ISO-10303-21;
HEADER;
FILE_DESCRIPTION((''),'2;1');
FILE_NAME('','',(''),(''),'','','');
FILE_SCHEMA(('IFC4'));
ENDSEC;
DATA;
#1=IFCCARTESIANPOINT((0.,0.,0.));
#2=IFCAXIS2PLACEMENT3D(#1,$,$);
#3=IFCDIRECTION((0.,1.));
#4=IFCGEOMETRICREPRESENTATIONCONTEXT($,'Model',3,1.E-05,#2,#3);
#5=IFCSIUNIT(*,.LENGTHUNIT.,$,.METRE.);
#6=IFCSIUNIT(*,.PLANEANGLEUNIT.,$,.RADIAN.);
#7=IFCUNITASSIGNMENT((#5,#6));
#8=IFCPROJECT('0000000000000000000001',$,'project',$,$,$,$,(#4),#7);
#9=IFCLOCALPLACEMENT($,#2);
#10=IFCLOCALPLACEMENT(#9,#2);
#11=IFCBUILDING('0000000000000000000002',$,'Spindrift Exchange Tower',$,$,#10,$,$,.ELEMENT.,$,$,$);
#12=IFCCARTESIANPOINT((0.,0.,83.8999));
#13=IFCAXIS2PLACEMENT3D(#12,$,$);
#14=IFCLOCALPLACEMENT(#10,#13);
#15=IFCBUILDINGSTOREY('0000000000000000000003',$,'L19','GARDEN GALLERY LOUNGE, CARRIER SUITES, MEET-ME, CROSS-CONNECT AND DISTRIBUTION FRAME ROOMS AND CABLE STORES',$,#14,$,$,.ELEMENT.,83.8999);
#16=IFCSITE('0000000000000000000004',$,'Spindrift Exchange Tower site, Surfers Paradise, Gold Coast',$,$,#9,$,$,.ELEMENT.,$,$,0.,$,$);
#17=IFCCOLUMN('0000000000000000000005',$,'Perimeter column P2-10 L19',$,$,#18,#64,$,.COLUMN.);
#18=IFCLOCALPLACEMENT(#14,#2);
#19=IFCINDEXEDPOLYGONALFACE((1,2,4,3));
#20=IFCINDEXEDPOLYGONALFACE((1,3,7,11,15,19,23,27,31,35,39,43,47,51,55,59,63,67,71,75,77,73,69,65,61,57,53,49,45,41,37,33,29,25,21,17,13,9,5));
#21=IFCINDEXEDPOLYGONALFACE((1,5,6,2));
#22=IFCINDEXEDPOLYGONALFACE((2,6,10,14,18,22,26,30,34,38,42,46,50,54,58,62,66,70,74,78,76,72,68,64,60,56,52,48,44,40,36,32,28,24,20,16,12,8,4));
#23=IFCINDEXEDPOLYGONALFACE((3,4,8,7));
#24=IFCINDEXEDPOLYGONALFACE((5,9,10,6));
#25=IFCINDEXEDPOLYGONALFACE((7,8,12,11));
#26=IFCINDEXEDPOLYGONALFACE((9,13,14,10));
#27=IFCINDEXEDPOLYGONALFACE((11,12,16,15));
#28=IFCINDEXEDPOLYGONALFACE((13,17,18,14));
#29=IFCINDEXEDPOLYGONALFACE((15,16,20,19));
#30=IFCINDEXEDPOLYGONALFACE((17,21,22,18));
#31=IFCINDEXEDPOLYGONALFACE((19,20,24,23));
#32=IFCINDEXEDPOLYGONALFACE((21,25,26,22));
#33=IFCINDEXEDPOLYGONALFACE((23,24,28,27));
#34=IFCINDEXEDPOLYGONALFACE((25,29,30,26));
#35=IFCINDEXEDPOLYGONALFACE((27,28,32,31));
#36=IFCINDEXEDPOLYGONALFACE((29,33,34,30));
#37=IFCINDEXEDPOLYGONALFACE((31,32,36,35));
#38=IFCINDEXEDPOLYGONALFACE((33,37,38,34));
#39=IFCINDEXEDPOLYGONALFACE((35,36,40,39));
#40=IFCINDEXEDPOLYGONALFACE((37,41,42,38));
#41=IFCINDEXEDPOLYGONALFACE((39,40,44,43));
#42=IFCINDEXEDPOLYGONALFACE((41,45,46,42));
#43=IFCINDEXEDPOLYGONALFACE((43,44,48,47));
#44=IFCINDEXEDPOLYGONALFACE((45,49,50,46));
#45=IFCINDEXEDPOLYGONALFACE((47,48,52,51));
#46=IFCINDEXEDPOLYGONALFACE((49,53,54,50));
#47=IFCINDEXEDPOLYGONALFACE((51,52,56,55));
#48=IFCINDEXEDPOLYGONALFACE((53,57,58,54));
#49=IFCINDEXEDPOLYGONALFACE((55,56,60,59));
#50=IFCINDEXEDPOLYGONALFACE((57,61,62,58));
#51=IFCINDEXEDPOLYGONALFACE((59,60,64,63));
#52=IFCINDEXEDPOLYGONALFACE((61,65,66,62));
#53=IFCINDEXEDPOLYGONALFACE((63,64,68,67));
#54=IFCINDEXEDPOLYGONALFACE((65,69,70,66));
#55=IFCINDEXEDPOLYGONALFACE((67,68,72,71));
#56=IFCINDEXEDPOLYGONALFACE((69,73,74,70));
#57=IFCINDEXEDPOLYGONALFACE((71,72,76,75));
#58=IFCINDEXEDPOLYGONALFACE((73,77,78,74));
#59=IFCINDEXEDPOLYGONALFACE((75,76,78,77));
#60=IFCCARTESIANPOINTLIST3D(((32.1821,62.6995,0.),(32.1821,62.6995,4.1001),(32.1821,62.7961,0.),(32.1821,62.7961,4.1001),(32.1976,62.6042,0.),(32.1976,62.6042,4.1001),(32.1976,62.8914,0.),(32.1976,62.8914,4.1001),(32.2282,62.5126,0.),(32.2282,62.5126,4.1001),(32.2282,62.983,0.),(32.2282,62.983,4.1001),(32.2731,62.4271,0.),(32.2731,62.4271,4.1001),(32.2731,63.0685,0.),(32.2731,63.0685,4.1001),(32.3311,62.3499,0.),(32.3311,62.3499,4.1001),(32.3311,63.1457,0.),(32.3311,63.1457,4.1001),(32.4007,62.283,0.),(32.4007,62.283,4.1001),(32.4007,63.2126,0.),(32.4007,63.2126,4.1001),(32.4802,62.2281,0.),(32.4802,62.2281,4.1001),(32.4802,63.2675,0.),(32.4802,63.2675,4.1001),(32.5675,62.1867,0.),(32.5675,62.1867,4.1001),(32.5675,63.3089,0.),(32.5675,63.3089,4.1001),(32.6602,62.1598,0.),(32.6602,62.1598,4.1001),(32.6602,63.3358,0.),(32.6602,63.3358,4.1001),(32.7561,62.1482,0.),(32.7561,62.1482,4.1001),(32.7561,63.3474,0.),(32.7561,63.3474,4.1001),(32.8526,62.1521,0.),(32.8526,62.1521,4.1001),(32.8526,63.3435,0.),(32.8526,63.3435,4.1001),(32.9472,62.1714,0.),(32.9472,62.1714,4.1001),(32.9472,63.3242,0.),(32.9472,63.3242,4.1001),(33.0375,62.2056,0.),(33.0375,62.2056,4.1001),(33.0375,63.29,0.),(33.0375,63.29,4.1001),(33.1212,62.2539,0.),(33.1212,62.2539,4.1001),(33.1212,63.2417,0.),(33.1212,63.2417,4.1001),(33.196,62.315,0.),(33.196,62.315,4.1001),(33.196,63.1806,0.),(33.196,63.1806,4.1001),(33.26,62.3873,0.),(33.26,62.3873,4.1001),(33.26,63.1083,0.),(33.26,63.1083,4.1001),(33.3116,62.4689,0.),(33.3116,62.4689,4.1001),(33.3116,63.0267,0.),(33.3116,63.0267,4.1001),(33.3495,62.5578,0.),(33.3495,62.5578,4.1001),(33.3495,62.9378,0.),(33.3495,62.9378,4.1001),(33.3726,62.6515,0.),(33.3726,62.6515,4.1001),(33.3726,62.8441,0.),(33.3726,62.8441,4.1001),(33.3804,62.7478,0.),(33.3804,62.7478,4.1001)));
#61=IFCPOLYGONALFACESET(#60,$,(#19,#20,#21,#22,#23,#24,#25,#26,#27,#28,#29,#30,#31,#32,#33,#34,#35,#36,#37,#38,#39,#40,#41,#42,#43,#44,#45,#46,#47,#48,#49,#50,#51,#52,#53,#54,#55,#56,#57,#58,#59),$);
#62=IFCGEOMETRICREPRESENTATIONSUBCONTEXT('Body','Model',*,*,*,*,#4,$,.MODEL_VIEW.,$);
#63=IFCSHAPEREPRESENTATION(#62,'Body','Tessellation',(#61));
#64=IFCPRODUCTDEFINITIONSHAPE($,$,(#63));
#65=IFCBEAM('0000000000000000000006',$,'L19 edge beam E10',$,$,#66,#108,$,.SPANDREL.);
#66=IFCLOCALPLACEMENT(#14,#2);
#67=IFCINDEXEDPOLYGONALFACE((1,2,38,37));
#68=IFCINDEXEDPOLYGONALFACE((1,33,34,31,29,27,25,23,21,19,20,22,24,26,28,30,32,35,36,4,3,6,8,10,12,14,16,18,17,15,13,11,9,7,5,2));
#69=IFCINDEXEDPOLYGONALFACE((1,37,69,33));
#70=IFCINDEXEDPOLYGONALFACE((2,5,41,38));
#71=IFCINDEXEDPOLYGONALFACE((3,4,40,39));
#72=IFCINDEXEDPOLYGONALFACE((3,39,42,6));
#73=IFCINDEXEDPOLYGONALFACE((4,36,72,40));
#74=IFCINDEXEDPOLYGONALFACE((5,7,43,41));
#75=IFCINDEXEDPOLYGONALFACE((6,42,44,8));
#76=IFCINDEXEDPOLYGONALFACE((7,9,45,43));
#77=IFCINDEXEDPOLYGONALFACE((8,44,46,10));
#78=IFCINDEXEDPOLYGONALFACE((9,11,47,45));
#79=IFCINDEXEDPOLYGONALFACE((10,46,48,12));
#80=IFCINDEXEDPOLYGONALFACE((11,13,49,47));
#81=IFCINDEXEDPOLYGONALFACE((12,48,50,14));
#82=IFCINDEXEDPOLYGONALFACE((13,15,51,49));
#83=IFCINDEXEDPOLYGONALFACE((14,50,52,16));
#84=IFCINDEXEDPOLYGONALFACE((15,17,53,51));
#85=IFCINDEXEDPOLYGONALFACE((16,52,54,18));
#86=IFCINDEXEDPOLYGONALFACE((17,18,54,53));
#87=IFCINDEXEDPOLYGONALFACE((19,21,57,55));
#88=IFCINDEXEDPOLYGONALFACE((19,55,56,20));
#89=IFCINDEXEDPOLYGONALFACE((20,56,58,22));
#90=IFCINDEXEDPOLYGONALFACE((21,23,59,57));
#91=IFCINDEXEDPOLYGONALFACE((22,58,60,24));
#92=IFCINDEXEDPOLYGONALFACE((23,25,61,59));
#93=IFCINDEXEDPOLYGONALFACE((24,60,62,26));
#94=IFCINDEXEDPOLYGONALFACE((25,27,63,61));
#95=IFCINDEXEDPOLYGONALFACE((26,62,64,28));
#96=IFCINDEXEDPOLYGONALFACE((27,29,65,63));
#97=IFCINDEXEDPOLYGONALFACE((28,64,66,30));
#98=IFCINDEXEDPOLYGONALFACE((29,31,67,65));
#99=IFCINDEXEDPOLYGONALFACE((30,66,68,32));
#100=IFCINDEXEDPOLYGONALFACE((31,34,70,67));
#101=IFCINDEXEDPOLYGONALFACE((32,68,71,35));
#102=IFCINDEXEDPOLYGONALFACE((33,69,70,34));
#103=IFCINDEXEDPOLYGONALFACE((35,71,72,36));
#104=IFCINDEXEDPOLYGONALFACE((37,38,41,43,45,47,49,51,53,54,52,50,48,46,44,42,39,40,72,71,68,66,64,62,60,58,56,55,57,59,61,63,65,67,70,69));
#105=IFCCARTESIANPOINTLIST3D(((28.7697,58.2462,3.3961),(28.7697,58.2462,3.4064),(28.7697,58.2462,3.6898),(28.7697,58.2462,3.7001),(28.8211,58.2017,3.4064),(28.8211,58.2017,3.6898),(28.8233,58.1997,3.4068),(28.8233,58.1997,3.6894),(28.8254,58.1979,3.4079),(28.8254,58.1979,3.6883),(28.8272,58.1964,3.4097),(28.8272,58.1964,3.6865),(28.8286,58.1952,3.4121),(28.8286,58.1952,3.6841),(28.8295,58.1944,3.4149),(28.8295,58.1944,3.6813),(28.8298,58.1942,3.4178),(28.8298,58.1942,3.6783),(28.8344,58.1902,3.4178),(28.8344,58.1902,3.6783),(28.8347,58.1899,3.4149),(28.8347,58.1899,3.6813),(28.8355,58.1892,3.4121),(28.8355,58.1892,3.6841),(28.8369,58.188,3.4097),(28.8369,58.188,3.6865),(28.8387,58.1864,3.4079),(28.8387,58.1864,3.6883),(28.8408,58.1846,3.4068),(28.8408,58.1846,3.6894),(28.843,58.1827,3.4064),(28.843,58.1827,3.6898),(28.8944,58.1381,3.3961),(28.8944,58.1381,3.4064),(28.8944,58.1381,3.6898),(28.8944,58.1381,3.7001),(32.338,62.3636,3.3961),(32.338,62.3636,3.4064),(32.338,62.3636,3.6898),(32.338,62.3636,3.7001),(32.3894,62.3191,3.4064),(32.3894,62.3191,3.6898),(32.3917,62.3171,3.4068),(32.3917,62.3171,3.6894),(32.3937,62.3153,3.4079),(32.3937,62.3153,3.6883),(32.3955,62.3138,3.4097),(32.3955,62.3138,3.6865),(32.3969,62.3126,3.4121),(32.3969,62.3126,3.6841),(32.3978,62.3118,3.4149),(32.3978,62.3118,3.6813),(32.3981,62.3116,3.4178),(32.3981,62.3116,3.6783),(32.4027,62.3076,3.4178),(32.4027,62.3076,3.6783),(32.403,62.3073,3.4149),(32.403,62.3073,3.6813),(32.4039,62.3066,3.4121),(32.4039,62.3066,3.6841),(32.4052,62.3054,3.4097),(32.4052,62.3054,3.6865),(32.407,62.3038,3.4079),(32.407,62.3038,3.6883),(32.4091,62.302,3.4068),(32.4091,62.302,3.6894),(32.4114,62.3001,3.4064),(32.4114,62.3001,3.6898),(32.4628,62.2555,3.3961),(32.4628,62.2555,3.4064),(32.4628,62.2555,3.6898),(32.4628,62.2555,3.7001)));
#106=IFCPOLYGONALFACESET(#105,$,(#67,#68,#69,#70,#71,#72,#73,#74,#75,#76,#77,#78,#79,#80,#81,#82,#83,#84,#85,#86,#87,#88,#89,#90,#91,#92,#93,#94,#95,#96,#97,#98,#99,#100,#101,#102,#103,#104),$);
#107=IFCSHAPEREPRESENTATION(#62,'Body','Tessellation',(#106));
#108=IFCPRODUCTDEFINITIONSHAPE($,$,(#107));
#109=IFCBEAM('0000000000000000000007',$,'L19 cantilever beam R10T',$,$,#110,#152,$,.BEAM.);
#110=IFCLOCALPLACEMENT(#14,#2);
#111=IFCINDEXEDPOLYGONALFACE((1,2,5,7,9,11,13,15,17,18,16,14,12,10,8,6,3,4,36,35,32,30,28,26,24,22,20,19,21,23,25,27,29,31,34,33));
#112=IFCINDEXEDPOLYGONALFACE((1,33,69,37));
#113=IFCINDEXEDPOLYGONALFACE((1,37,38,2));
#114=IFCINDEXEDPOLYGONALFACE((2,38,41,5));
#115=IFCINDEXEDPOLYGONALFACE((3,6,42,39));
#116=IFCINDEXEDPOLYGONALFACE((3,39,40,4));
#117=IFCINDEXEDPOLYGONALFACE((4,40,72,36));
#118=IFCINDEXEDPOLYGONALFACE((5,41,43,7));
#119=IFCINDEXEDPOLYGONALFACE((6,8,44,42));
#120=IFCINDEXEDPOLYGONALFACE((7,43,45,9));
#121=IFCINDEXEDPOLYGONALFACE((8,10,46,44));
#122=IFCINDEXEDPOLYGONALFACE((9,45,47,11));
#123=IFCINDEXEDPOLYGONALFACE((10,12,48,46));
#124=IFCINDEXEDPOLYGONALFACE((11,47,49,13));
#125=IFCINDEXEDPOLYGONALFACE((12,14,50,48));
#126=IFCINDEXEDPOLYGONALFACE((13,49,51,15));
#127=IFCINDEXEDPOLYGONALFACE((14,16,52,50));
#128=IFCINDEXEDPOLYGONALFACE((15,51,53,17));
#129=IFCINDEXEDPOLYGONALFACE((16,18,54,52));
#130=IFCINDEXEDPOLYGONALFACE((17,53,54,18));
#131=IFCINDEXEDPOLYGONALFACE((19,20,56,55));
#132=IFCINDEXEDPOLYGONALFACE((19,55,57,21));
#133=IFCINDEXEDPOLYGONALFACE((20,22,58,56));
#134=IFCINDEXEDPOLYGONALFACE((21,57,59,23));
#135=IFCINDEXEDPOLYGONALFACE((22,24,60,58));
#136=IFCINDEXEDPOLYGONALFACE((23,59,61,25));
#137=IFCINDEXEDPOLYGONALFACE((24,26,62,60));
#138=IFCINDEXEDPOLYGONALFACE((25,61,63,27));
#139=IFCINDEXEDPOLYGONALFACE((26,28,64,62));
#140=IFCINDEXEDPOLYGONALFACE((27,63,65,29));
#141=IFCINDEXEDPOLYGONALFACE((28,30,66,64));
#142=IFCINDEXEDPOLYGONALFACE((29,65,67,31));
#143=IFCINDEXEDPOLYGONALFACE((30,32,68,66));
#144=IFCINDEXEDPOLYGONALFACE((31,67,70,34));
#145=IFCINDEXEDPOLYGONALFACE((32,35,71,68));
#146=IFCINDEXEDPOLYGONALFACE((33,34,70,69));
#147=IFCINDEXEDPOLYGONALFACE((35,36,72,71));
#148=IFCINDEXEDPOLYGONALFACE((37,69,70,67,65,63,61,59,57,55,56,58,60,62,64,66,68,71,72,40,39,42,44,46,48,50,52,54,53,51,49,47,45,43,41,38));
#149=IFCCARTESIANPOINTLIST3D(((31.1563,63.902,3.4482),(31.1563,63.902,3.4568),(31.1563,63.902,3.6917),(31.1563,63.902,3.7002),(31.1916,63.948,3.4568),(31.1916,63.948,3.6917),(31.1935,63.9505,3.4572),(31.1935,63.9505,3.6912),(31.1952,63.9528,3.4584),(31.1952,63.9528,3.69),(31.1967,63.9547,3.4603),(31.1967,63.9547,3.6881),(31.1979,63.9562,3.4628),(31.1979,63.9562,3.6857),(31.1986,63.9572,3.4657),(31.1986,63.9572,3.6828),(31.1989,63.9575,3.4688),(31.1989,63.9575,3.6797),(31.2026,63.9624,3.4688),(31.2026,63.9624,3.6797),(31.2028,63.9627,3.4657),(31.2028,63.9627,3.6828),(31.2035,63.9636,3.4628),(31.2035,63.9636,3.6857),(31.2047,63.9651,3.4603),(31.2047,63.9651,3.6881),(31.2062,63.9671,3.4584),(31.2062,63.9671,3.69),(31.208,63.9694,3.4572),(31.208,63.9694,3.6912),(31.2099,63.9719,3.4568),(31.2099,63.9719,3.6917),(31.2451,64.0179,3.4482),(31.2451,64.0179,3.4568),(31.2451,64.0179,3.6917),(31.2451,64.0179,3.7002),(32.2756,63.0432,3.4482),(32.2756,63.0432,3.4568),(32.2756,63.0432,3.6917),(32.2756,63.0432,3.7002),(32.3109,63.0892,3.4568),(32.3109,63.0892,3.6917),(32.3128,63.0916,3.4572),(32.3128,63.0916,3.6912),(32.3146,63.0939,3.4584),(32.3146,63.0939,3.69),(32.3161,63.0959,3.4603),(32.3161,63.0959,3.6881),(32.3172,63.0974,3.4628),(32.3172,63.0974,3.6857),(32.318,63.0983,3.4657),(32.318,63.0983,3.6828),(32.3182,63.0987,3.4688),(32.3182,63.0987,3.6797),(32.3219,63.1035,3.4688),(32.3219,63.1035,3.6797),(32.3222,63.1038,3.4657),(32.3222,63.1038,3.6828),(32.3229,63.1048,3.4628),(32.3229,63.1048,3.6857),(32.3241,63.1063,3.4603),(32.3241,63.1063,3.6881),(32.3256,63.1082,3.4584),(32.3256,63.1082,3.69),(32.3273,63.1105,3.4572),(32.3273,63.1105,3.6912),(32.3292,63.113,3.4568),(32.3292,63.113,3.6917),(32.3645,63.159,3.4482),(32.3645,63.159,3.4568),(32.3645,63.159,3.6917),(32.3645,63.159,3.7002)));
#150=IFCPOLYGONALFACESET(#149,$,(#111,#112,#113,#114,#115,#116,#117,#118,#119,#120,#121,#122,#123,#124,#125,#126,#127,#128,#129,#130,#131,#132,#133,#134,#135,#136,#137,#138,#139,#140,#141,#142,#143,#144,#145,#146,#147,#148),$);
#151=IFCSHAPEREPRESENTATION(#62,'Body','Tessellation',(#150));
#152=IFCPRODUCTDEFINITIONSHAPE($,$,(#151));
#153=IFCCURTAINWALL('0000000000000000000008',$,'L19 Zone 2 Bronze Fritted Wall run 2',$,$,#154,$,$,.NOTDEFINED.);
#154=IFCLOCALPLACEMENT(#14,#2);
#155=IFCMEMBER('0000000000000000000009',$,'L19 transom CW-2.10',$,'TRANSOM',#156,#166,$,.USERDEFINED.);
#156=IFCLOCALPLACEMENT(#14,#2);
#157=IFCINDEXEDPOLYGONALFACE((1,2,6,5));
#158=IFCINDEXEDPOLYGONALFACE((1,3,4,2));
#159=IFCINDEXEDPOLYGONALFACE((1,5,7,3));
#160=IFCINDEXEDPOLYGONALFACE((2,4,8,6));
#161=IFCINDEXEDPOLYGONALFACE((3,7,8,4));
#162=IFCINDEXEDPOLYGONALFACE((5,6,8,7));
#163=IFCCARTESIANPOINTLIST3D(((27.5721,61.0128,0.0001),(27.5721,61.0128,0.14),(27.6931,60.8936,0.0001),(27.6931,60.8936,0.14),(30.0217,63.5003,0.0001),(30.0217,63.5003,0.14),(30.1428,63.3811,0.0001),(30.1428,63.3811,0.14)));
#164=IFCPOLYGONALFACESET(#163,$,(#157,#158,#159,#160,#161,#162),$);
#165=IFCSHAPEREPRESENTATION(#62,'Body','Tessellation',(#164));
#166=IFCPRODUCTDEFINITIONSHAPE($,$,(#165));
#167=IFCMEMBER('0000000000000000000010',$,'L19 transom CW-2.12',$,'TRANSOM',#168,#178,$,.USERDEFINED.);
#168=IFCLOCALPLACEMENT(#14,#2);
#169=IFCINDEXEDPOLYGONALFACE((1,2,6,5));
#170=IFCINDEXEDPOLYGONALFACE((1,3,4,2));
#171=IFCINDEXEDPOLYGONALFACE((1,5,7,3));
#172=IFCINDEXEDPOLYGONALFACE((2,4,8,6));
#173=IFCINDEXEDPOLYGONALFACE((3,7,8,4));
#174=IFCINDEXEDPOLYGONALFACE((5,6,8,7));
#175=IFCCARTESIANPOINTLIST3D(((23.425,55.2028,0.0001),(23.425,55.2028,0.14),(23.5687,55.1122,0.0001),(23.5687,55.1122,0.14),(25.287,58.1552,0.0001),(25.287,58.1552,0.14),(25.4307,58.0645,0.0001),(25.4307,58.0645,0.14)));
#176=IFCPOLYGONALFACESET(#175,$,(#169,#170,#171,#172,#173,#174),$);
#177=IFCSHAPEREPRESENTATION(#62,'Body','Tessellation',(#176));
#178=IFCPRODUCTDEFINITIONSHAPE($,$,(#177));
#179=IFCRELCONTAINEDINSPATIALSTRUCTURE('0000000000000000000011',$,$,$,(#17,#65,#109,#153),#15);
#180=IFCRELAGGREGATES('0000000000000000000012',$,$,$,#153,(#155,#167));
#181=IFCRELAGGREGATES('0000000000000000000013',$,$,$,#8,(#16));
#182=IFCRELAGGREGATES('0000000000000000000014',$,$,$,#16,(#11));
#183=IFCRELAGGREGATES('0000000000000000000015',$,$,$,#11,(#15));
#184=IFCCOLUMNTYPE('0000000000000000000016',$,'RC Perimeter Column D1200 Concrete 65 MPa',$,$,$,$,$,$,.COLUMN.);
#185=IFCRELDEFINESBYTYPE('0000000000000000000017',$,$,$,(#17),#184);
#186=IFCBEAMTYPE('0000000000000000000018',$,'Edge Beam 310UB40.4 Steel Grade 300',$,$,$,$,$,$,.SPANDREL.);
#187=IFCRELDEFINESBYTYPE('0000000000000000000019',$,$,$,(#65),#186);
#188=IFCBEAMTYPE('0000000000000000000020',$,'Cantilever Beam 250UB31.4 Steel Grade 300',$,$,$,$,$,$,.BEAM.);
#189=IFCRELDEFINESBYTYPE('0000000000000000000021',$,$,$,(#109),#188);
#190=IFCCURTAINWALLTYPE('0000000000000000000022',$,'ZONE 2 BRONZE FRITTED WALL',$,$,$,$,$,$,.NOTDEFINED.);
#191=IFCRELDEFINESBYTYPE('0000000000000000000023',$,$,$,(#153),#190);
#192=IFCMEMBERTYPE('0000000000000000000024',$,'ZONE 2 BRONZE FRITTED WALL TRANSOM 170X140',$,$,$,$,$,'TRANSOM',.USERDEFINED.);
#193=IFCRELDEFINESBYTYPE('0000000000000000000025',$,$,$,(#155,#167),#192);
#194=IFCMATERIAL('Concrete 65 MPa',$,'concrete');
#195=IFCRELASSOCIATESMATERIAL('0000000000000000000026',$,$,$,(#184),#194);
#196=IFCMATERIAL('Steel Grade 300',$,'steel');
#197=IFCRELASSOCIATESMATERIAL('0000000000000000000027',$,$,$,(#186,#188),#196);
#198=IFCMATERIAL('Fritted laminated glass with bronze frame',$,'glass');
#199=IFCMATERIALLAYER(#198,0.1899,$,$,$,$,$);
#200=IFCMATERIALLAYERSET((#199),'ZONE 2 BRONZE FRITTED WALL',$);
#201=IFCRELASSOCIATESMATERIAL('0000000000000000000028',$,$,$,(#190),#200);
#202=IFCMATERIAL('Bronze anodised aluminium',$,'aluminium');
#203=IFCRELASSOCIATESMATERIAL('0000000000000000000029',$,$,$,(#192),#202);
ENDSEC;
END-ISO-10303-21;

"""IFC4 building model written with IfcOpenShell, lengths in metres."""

from ifc_helpers import new_model, si_unit, direction, frame, origin, origin_2d, place, context, subcontext, project, spatial, rectangle, circle, i_section, extrude, source, transform, mapped, material, layer, layer_set, material_profile, profile_set, type_object, element, aggregate, save


model = new_model("IFC4")

# Units and contexts
model_context = context("Model", 3, precision=1e-05, world=origin(), true_north=direction((0.0, 1.0)))
body_context = subcontext(model_context, "Body", "Model", "MODEL_VIEW")
ifc_project = project(units=[si_unit("LENGTHUNIT", "METRE"), si_unit("PLANEANGLEUNIT", "RADIAN")], contexts=[model_context])

# Site, building, storey
site_placement = place(None, origin())
site = spatial("IfcSite", under=ifc_project, at=site_placement, Name="Spindrift Exchange Tower site, Surfers Paradise, Gold Coast", CompositionType="ELEMENT", RefElevation=0.0)
building_placement = place(site_placement, origin())
building = spatial("IfcBuilding", under=site, at=building_placement, Name="Spindrift Exchange Tower", CompositionType="ELEMENT")
storey_placement = place(building_placement, frame((0.0, 0.0, 83.8999)))
storey = spatial("IfcBuildingStorey", under=building, at=storey_placement, Name="L19", Description="GARDEN GALLERY LOUNGE, CARRIER SUITES, MEET-ME, CROSS-CONNECT AND DISTRIBUTION FRAME ROOMS AND CABLE STORES", CompositionType="ELEMENT", Elevation=83.8999)

# Column
ifc_material_1 = material(Name="Concrete 65 MPa", Category="concrete")
ifc_material_profile_1 = material_profile(ifc_material_1, circle(Radius=0.6001, at=origin_2d()), Name="RC D1200")
ifc_profile_set_1 = profile_set([ifc_material_profile_1], Name="Concrete 65 MPa")
column_type = type_object("IfcColumnType", Name="RC Perimeter Column D1200 Concrete 65 MPa", PredefinedType="COLUMN", material=ifc_profile_set_1)
shared_shape_1 = source(origin(), body_context, "Body", "SweptSolid", [
    extrude(circle(Radius=0.6001, at=origin_2d()), origin(), (0.0, 0.0, 1.0), 4.1001),
])
column_placement = place(storey_placement, frame((32.7803, 62.7478, 0.0), z_axis=(0.0, 0.0, 1.0), x_axis=(1.0, 0.0, 0.0)))
element("IfcColumn", 1, at=column_placement, inside=storey, type_object=column_type, Name="Perimeter column P2-10 L19", PredefinedType="COLUMN", context=body_context, shape_type="MappedRepresentation", body=[
    mapped(shared_shape_1, transform((0.0, 0.0, 0.0), scale=1.0)),
])

# Beams
ifc_material_2 = material(Name="Steel Grade 300", Category="steel")
ifc_material_profile_2 = material_profile(ifc_material_2, i_section(OverallWidth=0.165, OverallDepth=0.304, WebThickness=0.0061, FlangeThickness=0.0103, FilletRadius=0.0115, at=origin_2d()), Name="310UB40.4")
ifc_profile_set_2 = profile_set([ifc_material_profile_2], Name="Steel Grade 300")
beam_type_1 = type_object("IfcBeamType", Name="Edge Beam 310UB40.4 Steel Grade 300", PredefinedType="SPANDREL", material=ifc_profile_set_2)
shared_shape_2 = source(origin(), body_context, "Body", "SweptSolid", [
    extrude(i_section(OverallWidth=0.165, OverallDepth=0.304, WebThickness=0.0061, FlangeThickness=0.0103, FilletRadius=0.0115, at=origin_2d()), origin(), (0.0, 0.0, 1.0), 5.4485),
])
beam_1_placement = place(storey_placement, frame((32.4004, 62.3096, 3.5481), z_axis=(-0.654922, -0.755696, 0.0), x_axis=(0.755696, -0.654922, 0.0)))
element("IfcBeam", 2, at=beam_1_placement, inside=storey, type_object=beam_type_1, Name="L19 edge beam E10", PredefinedType="SPANDREL", context=body_context, shape_type="MappedRepresentation", body=[
    mapped(shared_shape_2, transform((0.0, 0.0, 0.0), scale=1.0)),
])
ifc_material_profile_3 = material_profile(ifc_material_2, i_section(OverallWidth=0.146, OverallDepth=0.252, WebThickness=0.0061, FlangeThickness=0.0085, FilletRadius=0.012, at=origin_2d()), Name="250UB31.4")
ifc_profile_set_3 = profile_set([ifc_material_profile_3], Name="Steel Grade 300")
beam_type_2 = type_object("IfcBeamType", Name="Cantilever Beam 250UB31.4 Steel Grade 300", PredefinedType="BEAM", material=ifc_profile_set_3)
shared_shape_3 = source(origin(), body_context, "Body", "SweptSolid", [
    extrude(i_section(OverallWidth=0.146, OverallDepth=0.252, WebThickness=0.0061, FlangeThickness=0.0085, FilletRadius=0.012, at=origin_2d()), origin(), (0.0, 0.0, 1.0), 1.4109),
])
beam_2_placement = place(storey_placement, frame((32.3201, 63.1011, 3.5742), z_axis=(-0.79337, 0.60874, 0.0), x_axis=(-0.60874, -0.79337, 0.0)))
element("IfcBeam", 3, at=beam_2_placement, inside=storey, type_object=beam_type_2, Name="L19 cantilever beam R10T", PredefinedType="BEAM", context=body_context, shape_type="MappedRepresentation", body=[
    mapped(shared_shape_3, transform((0.0, 0.0, 0.0), scale=1.0)),
])

# Curtain wall, members
ifc_material_3 = material(Name="Fritted laminated glass with bronze frame", Category="glass")
ifc_layer_1 = layer(ifc_material_3, 0.1899)
ifc_layer_set_1 = layer_set([ifc_layer_1], Name="ZONE 2 BRONZE FRITTED WALL")
curtain_wall_type = type_object("IfcCurtainWallType", Name="ZONE 2 BRONZE FRITTED WALL", PredefinedType="NOTDEFINED", material=ifc_layer_set_1)
curtain_wall_placement = place(storey_placement, origin())
curtain_wall = element("IfcCurtainWall", 4, at=curtain_wall_placement, inside=storey, type_object=curtain_wall_type, Name="L19 Zone 2 Bronze Fritted Wall run 2", PredefinedType="NOTDEFINED")
ifc_material_4 = material(Name="Bronze anodised aluminium", Category="aluminium")
ifc_material_profile_4 = material_profile(ifc_material_4, rectangle(XDim=0.1699, YDim=0.1399, at=origin_2d()), Name="ZONE 2 BRONZE FRITTED WALL TRANSOM 170X140")
ifc_profile_set_4 = profile_set([ifc_material_profile_4], Name="Bronze anodised aluminium")
member_type_1 = type_object("IfcMemberType", Name="ZONE 2 BRONZE FRITTED WALL TRANSOM 170X140", ElementType="TRANSOM", PredefinedType="USERDEFINED", material=ifc_profile_set_4)
shared_shape_4 = source(origin(), body_context, "Body", "SweptSolid", [
    extrude(rectangle(XDim=0.1699, YDim=0.1399, at=origin_2d()), origin(), (0.0, 0.0, 1.0), 3.4912),
])
member_1_placement = place(storey_placement, frame((30.0823, 63.4407, 0.0701), z_axis=(-0.701667, -0.712506, 0.0), x_axis=(0.712506, -0.701667, 0.0)))
member_1 = element("IfcMember", 5, at=member_1_placement, type_object=member_type_1, Name="L19 transom CW-2.10", ObjectType="TRANSOM", PredefinedType="USERDEFINED", context=body_context, shape_type="MappedRepresentation", body=[
    mapped(shared_shape_4, transform((0.0, 0.0, 0.0), scale=1.0)),
])
shared_shape_5 = source(origin(), body_context, "Body", "SweptSolid", [
    extrude(rectangle(XDim=0.1699, YDim=0.1399, at=origin_2d()), origin(), (0.0, 0.0, 1.0), 3.4905),
])
member_2_placement = place(storey_placement, frame((25.3589, 58.1099, 0.0701), z_axis=(-0.533459, -0.845826, 0.0), x_axis=(0.845826, -0.533459, 0.0)))
member_2 = element("IfcMember", 6, at=member_2_placement, type_object=member_type_1, Name="L19 transom CW-2.12", ObjectType="TRANSOM", PredefinedType="USERDEFINED", context=body_context, shape_type="MappedRepresentation", body=[
    mapped(shared_shape_5, transform((0.0, 0.0, 0.0), scale=1.0)),
])
aggregate(curtain_wall, [member_1, member_2])

save(model, "model.ifc")
